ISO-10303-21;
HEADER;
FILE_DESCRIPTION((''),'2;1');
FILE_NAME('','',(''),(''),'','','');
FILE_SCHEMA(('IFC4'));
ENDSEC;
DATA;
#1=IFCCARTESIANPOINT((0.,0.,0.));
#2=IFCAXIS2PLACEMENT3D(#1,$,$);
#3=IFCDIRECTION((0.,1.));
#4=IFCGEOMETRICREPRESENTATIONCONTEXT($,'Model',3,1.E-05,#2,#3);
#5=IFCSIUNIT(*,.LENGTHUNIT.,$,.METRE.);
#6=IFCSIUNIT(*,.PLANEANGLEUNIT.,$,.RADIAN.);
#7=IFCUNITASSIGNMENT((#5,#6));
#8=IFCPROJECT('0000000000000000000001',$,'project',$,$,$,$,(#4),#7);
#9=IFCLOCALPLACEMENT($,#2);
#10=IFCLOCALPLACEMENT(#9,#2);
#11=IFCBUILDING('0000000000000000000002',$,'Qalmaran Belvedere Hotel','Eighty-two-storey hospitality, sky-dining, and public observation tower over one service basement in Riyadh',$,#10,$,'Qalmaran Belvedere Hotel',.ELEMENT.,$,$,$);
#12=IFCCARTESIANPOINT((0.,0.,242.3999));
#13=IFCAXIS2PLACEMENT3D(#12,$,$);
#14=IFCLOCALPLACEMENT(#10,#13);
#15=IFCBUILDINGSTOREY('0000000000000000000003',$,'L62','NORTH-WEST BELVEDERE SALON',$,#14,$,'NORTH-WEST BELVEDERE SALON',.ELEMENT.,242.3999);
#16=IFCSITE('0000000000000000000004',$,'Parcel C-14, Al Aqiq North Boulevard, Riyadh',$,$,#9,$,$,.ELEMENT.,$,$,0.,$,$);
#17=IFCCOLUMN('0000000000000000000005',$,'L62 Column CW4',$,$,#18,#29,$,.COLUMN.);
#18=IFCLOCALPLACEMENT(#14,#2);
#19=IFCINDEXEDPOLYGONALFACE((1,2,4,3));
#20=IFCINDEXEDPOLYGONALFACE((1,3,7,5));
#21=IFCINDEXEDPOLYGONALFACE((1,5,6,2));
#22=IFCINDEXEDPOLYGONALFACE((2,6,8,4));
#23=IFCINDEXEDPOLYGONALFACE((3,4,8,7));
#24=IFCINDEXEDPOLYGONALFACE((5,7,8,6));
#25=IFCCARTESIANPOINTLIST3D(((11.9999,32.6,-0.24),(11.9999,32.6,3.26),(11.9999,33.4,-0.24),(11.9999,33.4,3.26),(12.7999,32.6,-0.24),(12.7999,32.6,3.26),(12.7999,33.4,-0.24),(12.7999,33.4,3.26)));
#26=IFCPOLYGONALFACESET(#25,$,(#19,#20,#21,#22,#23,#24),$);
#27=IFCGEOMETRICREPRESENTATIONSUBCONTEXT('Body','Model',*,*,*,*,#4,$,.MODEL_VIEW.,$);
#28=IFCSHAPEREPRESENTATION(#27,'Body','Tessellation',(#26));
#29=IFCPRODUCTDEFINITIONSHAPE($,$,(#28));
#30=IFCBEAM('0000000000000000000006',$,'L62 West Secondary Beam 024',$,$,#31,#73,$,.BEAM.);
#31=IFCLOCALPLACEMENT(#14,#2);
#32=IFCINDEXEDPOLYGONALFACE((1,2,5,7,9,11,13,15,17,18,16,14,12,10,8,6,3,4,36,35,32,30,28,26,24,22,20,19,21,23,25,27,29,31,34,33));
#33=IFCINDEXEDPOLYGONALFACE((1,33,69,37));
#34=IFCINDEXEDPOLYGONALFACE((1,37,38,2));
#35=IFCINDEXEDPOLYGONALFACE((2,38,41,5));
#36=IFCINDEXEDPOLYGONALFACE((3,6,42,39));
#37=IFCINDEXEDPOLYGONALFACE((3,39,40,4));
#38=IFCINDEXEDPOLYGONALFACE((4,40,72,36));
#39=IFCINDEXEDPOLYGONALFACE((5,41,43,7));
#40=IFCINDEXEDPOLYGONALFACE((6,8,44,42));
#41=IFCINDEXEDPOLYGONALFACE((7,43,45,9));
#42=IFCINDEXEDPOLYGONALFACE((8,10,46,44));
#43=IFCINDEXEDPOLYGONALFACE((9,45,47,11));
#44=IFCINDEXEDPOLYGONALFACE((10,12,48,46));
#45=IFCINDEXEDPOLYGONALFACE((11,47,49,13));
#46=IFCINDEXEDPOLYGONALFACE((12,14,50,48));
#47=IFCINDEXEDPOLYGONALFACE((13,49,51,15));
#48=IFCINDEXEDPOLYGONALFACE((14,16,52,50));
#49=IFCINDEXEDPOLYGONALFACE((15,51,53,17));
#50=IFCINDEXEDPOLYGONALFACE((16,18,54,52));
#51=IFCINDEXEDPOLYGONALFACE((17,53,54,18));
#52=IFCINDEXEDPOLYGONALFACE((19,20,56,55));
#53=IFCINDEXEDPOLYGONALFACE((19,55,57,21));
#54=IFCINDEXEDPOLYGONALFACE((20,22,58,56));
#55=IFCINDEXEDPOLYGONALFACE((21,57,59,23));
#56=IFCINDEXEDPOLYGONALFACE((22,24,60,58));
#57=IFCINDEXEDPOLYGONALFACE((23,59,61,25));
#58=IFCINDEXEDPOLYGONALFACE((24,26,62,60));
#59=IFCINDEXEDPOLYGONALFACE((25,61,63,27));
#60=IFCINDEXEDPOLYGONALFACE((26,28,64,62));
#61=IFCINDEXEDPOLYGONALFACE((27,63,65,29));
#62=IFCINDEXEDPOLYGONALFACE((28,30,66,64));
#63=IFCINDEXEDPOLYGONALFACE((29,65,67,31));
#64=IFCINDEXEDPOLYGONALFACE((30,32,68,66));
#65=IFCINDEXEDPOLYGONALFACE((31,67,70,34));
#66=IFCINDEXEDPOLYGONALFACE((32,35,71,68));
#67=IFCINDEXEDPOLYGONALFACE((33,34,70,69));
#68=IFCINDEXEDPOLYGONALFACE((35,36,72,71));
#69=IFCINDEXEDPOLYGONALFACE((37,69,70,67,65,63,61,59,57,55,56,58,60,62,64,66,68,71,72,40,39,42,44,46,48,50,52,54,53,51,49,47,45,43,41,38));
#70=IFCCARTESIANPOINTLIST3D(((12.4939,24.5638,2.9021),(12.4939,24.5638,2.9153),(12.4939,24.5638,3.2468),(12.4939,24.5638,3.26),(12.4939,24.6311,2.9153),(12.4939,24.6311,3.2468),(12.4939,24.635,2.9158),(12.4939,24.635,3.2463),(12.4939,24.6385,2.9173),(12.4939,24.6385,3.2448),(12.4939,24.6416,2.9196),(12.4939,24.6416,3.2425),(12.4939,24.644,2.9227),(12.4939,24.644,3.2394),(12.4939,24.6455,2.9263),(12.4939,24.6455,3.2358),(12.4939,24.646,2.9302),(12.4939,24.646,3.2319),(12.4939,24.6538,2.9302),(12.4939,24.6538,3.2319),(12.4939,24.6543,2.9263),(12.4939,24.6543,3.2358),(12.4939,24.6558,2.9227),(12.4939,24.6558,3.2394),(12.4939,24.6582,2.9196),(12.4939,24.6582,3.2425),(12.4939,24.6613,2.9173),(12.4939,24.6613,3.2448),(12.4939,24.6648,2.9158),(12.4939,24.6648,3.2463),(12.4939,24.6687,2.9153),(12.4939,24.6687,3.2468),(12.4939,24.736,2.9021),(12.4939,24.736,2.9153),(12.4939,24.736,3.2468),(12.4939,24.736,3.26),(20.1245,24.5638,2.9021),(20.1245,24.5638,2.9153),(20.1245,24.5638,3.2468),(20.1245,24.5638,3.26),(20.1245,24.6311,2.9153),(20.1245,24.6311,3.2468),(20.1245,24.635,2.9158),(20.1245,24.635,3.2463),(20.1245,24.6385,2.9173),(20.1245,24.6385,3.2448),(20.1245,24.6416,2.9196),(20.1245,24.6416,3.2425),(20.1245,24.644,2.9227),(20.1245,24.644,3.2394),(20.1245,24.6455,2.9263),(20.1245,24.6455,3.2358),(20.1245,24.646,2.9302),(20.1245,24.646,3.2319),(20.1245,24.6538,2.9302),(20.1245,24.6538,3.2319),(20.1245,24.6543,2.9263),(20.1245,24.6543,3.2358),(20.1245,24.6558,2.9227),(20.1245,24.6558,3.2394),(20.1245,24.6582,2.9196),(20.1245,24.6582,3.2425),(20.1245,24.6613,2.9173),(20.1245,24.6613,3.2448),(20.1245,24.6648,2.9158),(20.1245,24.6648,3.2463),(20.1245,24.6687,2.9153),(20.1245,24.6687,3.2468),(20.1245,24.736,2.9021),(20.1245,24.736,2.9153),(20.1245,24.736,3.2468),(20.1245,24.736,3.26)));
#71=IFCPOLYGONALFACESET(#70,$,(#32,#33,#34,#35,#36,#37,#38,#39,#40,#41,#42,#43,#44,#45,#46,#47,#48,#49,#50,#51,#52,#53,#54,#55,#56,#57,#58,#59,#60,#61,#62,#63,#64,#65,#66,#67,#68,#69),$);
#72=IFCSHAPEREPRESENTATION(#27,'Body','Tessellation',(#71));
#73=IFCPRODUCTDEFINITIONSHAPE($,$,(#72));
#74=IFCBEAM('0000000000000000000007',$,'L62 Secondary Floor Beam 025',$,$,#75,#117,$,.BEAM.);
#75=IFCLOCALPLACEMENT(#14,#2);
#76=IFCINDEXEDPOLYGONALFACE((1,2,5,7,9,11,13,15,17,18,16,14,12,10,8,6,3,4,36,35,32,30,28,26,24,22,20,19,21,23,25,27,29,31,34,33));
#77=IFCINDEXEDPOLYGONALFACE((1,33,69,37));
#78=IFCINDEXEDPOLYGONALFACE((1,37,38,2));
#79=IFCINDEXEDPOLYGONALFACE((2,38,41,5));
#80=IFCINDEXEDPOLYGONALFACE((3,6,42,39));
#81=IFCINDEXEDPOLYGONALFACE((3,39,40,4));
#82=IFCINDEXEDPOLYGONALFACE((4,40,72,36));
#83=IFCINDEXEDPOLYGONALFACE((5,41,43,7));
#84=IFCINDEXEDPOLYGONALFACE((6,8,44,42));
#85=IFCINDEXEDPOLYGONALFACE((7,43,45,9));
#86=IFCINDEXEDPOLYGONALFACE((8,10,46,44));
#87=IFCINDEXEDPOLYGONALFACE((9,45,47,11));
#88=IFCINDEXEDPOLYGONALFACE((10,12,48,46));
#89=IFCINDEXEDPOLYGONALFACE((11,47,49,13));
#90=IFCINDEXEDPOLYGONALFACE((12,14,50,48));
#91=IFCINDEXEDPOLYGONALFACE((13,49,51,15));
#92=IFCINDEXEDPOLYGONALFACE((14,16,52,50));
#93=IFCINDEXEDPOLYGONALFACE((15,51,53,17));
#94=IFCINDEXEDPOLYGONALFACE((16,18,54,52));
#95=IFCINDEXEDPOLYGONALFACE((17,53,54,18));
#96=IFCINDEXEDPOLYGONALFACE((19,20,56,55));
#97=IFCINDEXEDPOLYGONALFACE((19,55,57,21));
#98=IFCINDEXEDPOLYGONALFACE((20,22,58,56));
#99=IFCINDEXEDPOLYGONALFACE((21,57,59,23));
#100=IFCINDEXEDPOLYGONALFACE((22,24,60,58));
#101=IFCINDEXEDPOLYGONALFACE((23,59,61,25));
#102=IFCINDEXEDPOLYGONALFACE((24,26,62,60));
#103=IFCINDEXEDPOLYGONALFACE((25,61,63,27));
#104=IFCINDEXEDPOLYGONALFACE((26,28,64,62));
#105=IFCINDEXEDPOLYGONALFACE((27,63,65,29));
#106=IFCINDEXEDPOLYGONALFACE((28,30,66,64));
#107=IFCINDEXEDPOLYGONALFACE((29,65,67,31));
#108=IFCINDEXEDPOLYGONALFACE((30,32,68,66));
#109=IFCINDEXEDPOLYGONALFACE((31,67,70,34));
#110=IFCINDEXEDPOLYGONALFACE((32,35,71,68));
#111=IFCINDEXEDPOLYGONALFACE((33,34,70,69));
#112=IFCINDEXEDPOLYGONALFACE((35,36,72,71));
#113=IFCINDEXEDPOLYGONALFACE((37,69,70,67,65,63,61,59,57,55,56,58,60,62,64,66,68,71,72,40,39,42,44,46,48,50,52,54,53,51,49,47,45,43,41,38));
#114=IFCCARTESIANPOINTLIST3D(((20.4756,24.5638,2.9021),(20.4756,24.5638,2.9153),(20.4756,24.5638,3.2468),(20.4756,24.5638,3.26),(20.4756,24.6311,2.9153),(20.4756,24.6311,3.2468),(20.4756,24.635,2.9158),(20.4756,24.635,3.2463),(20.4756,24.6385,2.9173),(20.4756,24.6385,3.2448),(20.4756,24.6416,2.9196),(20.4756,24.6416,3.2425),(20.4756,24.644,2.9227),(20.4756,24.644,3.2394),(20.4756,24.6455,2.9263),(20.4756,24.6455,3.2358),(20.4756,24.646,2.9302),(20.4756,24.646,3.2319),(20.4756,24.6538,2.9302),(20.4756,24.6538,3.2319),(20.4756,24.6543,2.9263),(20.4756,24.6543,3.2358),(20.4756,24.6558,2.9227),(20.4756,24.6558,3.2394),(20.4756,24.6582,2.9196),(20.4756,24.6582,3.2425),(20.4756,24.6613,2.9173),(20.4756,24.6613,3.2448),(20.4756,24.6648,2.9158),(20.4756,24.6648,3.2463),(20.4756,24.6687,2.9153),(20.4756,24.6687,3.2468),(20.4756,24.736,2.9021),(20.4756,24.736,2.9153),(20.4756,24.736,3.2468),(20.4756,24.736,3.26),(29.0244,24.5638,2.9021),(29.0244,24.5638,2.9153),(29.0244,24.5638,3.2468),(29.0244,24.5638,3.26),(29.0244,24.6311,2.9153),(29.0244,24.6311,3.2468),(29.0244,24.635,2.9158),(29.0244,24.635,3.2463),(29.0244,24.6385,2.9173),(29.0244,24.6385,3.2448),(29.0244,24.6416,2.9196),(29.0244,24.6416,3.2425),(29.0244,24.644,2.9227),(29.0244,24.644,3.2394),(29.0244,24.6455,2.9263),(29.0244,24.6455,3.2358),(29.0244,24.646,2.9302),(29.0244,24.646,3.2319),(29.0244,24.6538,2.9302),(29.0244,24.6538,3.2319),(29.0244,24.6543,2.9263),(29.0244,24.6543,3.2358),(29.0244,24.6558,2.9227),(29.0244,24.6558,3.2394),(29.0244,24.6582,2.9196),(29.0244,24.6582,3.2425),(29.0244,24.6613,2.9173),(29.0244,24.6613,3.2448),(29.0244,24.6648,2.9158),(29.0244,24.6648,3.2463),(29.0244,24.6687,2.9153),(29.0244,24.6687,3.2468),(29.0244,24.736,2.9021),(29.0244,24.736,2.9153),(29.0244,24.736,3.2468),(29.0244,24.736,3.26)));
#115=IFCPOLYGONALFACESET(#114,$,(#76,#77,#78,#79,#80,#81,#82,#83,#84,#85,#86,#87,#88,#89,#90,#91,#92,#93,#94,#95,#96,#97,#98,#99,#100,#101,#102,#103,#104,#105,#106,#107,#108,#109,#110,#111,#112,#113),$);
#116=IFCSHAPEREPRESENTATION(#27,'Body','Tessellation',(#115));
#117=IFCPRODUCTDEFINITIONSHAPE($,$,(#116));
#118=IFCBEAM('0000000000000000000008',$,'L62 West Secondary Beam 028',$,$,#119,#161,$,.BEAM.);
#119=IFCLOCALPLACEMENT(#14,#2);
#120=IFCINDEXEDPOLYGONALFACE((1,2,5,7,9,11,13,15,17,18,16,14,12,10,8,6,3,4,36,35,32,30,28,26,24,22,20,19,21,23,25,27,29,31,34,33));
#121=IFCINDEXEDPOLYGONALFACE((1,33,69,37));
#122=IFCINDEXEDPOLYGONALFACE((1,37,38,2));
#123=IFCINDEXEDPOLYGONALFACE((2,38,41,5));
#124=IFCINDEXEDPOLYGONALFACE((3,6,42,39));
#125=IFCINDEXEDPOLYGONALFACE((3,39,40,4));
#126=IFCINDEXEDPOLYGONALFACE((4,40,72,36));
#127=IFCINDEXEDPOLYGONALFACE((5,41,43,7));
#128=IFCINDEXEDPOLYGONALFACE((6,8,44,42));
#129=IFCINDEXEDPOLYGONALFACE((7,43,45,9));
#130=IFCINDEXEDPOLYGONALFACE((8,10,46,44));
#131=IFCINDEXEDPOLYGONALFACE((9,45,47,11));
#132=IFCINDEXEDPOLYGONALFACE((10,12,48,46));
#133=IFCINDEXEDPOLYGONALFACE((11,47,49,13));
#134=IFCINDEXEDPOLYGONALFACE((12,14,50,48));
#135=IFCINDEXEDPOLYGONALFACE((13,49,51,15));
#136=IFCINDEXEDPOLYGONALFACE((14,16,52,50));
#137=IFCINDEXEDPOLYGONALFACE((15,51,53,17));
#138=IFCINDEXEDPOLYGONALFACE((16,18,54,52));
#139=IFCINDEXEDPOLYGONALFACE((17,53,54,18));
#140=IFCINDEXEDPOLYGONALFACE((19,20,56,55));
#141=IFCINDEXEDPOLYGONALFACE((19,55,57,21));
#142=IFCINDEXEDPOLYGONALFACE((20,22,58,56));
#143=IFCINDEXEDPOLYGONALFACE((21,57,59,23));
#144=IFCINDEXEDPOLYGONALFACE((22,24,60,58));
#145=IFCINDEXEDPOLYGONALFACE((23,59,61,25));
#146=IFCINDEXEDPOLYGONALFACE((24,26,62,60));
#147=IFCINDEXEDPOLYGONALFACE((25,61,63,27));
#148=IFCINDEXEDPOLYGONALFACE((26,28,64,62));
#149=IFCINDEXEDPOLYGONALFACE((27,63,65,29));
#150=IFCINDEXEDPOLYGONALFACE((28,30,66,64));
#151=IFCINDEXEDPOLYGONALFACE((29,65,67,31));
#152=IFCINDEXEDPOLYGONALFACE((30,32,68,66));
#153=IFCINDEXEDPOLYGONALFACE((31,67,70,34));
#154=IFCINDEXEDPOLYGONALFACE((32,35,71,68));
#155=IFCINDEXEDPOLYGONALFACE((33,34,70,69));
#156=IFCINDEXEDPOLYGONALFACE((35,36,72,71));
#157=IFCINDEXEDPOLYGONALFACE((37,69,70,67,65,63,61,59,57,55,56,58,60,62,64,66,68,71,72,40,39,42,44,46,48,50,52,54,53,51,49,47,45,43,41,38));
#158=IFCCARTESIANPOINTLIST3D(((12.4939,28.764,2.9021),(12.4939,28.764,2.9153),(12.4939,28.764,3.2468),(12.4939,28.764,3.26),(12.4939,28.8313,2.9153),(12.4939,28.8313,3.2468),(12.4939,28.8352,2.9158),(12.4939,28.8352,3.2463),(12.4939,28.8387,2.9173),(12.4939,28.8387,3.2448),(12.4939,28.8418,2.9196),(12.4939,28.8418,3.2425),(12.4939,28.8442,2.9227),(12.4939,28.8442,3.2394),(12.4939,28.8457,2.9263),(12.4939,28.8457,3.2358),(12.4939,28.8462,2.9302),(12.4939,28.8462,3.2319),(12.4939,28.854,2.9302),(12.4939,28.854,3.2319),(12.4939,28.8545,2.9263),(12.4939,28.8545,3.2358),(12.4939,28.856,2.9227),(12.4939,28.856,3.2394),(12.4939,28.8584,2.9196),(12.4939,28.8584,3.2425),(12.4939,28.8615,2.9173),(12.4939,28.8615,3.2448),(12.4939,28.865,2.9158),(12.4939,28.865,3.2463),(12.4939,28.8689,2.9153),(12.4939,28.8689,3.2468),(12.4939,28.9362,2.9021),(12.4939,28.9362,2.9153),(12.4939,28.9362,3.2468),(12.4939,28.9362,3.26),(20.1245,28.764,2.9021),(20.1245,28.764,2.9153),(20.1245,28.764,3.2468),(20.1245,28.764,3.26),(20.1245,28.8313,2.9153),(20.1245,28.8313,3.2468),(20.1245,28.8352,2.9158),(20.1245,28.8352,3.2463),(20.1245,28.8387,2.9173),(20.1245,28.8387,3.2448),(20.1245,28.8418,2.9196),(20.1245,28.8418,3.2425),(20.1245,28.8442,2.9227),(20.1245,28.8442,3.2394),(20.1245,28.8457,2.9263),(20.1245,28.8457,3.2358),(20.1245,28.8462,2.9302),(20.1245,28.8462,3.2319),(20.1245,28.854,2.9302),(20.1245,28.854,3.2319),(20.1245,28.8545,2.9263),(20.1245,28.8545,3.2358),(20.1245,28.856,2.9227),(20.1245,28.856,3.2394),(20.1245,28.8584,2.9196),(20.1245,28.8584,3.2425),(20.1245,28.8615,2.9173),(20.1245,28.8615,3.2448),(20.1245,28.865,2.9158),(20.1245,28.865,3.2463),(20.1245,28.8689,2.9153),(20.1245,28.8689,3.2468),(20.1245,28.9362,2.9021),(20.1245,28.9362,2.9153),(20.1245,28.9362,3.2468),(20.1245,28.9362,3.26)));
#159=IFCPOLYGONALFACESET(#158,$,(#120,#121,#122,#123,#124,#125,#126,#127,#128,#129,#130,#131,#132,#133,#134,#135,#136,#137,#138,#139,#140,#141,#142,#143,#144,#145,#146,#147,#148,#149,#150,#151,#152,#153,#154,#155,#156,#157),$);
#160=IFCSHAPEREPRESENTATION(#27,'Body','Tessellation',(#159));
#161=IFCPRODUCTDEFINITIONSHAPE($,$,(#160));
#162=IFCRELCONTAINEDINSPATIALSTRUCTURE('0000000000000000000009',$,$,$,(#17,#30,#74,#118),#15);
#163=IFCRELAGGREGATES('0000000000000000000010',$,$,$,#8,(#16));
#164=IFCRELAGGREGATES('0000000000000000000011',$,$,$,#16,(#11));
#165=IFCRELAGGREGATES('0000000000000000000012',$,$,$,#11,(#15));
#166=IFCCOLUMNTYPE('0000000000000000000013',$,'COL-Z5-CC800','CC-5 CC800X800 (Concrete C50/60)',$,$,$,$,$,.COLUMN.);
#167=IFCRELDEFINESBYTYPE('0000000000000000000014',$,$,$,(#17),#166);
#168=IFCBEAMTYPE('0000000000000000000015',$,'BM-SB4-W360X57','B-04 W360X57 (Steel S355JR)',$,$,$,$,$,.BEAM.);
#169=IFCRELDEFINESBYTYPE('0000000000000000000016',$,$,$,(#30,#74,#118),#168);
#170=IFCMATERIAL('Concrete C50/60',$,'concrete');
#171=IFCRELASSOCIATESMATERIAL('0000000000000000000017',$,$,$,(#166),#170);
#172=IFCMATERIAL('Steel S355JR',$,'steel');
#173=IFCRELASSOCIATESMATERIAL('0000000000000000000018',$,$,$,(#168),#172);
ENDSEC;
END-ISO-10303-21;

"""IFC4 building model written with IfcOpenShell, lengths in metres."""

from ifc_helpers import new_model, si_unit, direction, frame, origin, origin_2d, place, context, subcontext, project, spatial, rectangle, i_section, extrude, material, material_profile, profile_set, type_object, element, save


model = new_model("IFC4")

# Units and contexts
model_context = context("Model", 3, precision=1e-05, world=origin(), true_north=direction((0.0, 1.0)))
body_context = subcontext(model_context, "Body", "Model", "MODEL_VIEW")
ifc_project = project(units=[si_unit("LENGTHUNIT", "METRE"), si_unit("PLANEANGLEUNIT", "RADIAN")], contexts=[model_context])

# Site, building, storey
site_placement = place(None, origin())
site = spatial("IfcSite", under=ifc_project, at=site_placement, Name="Parcel C-14, Al Aqiq North Boulevard, Riyadh", CompositionType="ELEMENT", RefElevation=0.0)
building_placement = place(site_placement, origin())
building = spatial("IfcBuilding", under=site, at=building_placement, Name="Qalmaran Belvedere Hotel", Description="Eighty-two-storey hospitality, sky-dining, and public observation tower over one service basement in Riyadh", LongName="Qalmaran Belvedere Hotel", CompositionType="ELEMENT")
storey_placement = place(building_placement, frame((0.0, 0.0, 242.3999)))
storey = spatial("IfcBuildingStorey", under=building, at=storey_placement, Name="L62", Description="NORTH-WEST BELVEDERE SALON", LongName="NORTH-WEST BELVEDERE SALON", CompositionType="ELEMENT", Elevation=242.3999)

# Column
ifc_material_1 = material(Name="Concrete C50/60", Category="concrete")
ifc_material_profile_1 = material_profile(ifc_material_1, rectangle(XDim=0.8, YDim=0.8, at=origin_2d()), Name="CC800X800")
ifc_profile_set_1 = profile_set([ifc_material_profile_1], Name="Concrete C50/60")
column_type = type_object("IfcColumnType", Name="COL-Z5-CC800", Description="CC-5 CC800X800 (Concrete C50/60)", PredefinedType="COLUMN", material=ifc_profile_set_1)
column_placement = place(storey_placement, frame((12.3999, 33.0, -0.24), z_axis=(0.0, 0.0, 1.0), x_axis=(1.0, 0.0, 0.0)))
element("IfcColumn", 1, at=column_placement, inside=storey, type_object=column_type, Name="L62 Column CW4", PredefinedType="COLUMN", context=body_context, shape_type="SweptSolid", body=[
    extrude(rectangle(XDim=0.8, YDim=0.8, at=origin_2d()), origin(), (0.0, 0.0, 1.0), 3.5),
])

# Beams
ifc_material_2 = material(Name="Steel S355JR", Category="steel")
ifc_material_profile_2 = material_profile(ifc_material_2, i_section(OverallWidth=0.1721, OverallDepth=0.3579, WebThickness=0.0078, FlangeThickness=0.0132, FilletRadius=0.0149, at=origin_2d()), Name="W360X57")
ifc_profile_set_2 = profile_set([ifc_material_profile_2], Name="Steel S355JR")
beam_type = type_object("IfcBeamType", Name="BM-SB4-W360X57", Description="B-04 W360X57 (Steel S355JR)", PredefinedType="BEAM", material=ifc_profile_set_2)
beam_1_placement = place(storey_placement, frame((12.4939, 24.6499, 3.0811), z_axis=(1.0, 0.0, 0.0), x_axis=(0.0, 1.0, 0.0)))
element("IfcBeam", 2, at=beam_1_placement, inside=storey, type_object=beam_type, Name="L62 West Secondary Beam 024", PredefinedType="BEAM", context=body_context, shape_type="SweptSolid", body=[
    extrude(i_section(OverallWidth=0.1721, OverallDepth=0.3579, WebThickness=0.0078, FlangeThickness=0.0132, FilletRadius=0.0149, at=origin_2d()), origin(), (0.0, 0.0, 1.0), 7.6306),
])
beam_2_placement = place(storey_placement, frame((20.4756, 24.6499, 3.0811), z_axis=(1.0, 0.0, 0.0), x_axis=(0.0, 1.0, 0.0)))
element("IfcBeam", 3, at=beam_2_placement, inside=storey, type_object=beam_type, Name="L62 Secondary Floor Beam 025", PredefinedType="BEAM", context=body_context, shape_type="SweptSolid", body=[
    extrude(i_section(OverallWidth=0.1721, OverallDepth=0.3579, WebThickness=0.0078, FlangeThickness=0.0132, FilletRadius=0.0149, at=origin_2d()), origin(), (0.0, 0.0, 1.0), 8.5488),
])
beam_3_placement = place(storey_placement, frame((12.4939, 28.8501, 3.0811), z_axis=(1.0, 0.0, 0.0), x_axis=(0.0, 1.0, 0.0)))
element("IfcBeam", 4, at=beam_3_placement, inside=storey, type_object=beam_type, Name="L62 West Secondary Beam 028", PredefinedType="BEAM", context=body_context, shape_type="SweptSolid", body=[
    extrude(i_section(OverallWidth=0.1721, OverallDepth=0.3579, WebThickness=0.0078, FlangeThickness=0.0132, FilletRadius=0.0149, at=origin_2d()), origin(), (0.0, 0.0, 1.0), 7.6306),
])

save(model, "model.ifc")
